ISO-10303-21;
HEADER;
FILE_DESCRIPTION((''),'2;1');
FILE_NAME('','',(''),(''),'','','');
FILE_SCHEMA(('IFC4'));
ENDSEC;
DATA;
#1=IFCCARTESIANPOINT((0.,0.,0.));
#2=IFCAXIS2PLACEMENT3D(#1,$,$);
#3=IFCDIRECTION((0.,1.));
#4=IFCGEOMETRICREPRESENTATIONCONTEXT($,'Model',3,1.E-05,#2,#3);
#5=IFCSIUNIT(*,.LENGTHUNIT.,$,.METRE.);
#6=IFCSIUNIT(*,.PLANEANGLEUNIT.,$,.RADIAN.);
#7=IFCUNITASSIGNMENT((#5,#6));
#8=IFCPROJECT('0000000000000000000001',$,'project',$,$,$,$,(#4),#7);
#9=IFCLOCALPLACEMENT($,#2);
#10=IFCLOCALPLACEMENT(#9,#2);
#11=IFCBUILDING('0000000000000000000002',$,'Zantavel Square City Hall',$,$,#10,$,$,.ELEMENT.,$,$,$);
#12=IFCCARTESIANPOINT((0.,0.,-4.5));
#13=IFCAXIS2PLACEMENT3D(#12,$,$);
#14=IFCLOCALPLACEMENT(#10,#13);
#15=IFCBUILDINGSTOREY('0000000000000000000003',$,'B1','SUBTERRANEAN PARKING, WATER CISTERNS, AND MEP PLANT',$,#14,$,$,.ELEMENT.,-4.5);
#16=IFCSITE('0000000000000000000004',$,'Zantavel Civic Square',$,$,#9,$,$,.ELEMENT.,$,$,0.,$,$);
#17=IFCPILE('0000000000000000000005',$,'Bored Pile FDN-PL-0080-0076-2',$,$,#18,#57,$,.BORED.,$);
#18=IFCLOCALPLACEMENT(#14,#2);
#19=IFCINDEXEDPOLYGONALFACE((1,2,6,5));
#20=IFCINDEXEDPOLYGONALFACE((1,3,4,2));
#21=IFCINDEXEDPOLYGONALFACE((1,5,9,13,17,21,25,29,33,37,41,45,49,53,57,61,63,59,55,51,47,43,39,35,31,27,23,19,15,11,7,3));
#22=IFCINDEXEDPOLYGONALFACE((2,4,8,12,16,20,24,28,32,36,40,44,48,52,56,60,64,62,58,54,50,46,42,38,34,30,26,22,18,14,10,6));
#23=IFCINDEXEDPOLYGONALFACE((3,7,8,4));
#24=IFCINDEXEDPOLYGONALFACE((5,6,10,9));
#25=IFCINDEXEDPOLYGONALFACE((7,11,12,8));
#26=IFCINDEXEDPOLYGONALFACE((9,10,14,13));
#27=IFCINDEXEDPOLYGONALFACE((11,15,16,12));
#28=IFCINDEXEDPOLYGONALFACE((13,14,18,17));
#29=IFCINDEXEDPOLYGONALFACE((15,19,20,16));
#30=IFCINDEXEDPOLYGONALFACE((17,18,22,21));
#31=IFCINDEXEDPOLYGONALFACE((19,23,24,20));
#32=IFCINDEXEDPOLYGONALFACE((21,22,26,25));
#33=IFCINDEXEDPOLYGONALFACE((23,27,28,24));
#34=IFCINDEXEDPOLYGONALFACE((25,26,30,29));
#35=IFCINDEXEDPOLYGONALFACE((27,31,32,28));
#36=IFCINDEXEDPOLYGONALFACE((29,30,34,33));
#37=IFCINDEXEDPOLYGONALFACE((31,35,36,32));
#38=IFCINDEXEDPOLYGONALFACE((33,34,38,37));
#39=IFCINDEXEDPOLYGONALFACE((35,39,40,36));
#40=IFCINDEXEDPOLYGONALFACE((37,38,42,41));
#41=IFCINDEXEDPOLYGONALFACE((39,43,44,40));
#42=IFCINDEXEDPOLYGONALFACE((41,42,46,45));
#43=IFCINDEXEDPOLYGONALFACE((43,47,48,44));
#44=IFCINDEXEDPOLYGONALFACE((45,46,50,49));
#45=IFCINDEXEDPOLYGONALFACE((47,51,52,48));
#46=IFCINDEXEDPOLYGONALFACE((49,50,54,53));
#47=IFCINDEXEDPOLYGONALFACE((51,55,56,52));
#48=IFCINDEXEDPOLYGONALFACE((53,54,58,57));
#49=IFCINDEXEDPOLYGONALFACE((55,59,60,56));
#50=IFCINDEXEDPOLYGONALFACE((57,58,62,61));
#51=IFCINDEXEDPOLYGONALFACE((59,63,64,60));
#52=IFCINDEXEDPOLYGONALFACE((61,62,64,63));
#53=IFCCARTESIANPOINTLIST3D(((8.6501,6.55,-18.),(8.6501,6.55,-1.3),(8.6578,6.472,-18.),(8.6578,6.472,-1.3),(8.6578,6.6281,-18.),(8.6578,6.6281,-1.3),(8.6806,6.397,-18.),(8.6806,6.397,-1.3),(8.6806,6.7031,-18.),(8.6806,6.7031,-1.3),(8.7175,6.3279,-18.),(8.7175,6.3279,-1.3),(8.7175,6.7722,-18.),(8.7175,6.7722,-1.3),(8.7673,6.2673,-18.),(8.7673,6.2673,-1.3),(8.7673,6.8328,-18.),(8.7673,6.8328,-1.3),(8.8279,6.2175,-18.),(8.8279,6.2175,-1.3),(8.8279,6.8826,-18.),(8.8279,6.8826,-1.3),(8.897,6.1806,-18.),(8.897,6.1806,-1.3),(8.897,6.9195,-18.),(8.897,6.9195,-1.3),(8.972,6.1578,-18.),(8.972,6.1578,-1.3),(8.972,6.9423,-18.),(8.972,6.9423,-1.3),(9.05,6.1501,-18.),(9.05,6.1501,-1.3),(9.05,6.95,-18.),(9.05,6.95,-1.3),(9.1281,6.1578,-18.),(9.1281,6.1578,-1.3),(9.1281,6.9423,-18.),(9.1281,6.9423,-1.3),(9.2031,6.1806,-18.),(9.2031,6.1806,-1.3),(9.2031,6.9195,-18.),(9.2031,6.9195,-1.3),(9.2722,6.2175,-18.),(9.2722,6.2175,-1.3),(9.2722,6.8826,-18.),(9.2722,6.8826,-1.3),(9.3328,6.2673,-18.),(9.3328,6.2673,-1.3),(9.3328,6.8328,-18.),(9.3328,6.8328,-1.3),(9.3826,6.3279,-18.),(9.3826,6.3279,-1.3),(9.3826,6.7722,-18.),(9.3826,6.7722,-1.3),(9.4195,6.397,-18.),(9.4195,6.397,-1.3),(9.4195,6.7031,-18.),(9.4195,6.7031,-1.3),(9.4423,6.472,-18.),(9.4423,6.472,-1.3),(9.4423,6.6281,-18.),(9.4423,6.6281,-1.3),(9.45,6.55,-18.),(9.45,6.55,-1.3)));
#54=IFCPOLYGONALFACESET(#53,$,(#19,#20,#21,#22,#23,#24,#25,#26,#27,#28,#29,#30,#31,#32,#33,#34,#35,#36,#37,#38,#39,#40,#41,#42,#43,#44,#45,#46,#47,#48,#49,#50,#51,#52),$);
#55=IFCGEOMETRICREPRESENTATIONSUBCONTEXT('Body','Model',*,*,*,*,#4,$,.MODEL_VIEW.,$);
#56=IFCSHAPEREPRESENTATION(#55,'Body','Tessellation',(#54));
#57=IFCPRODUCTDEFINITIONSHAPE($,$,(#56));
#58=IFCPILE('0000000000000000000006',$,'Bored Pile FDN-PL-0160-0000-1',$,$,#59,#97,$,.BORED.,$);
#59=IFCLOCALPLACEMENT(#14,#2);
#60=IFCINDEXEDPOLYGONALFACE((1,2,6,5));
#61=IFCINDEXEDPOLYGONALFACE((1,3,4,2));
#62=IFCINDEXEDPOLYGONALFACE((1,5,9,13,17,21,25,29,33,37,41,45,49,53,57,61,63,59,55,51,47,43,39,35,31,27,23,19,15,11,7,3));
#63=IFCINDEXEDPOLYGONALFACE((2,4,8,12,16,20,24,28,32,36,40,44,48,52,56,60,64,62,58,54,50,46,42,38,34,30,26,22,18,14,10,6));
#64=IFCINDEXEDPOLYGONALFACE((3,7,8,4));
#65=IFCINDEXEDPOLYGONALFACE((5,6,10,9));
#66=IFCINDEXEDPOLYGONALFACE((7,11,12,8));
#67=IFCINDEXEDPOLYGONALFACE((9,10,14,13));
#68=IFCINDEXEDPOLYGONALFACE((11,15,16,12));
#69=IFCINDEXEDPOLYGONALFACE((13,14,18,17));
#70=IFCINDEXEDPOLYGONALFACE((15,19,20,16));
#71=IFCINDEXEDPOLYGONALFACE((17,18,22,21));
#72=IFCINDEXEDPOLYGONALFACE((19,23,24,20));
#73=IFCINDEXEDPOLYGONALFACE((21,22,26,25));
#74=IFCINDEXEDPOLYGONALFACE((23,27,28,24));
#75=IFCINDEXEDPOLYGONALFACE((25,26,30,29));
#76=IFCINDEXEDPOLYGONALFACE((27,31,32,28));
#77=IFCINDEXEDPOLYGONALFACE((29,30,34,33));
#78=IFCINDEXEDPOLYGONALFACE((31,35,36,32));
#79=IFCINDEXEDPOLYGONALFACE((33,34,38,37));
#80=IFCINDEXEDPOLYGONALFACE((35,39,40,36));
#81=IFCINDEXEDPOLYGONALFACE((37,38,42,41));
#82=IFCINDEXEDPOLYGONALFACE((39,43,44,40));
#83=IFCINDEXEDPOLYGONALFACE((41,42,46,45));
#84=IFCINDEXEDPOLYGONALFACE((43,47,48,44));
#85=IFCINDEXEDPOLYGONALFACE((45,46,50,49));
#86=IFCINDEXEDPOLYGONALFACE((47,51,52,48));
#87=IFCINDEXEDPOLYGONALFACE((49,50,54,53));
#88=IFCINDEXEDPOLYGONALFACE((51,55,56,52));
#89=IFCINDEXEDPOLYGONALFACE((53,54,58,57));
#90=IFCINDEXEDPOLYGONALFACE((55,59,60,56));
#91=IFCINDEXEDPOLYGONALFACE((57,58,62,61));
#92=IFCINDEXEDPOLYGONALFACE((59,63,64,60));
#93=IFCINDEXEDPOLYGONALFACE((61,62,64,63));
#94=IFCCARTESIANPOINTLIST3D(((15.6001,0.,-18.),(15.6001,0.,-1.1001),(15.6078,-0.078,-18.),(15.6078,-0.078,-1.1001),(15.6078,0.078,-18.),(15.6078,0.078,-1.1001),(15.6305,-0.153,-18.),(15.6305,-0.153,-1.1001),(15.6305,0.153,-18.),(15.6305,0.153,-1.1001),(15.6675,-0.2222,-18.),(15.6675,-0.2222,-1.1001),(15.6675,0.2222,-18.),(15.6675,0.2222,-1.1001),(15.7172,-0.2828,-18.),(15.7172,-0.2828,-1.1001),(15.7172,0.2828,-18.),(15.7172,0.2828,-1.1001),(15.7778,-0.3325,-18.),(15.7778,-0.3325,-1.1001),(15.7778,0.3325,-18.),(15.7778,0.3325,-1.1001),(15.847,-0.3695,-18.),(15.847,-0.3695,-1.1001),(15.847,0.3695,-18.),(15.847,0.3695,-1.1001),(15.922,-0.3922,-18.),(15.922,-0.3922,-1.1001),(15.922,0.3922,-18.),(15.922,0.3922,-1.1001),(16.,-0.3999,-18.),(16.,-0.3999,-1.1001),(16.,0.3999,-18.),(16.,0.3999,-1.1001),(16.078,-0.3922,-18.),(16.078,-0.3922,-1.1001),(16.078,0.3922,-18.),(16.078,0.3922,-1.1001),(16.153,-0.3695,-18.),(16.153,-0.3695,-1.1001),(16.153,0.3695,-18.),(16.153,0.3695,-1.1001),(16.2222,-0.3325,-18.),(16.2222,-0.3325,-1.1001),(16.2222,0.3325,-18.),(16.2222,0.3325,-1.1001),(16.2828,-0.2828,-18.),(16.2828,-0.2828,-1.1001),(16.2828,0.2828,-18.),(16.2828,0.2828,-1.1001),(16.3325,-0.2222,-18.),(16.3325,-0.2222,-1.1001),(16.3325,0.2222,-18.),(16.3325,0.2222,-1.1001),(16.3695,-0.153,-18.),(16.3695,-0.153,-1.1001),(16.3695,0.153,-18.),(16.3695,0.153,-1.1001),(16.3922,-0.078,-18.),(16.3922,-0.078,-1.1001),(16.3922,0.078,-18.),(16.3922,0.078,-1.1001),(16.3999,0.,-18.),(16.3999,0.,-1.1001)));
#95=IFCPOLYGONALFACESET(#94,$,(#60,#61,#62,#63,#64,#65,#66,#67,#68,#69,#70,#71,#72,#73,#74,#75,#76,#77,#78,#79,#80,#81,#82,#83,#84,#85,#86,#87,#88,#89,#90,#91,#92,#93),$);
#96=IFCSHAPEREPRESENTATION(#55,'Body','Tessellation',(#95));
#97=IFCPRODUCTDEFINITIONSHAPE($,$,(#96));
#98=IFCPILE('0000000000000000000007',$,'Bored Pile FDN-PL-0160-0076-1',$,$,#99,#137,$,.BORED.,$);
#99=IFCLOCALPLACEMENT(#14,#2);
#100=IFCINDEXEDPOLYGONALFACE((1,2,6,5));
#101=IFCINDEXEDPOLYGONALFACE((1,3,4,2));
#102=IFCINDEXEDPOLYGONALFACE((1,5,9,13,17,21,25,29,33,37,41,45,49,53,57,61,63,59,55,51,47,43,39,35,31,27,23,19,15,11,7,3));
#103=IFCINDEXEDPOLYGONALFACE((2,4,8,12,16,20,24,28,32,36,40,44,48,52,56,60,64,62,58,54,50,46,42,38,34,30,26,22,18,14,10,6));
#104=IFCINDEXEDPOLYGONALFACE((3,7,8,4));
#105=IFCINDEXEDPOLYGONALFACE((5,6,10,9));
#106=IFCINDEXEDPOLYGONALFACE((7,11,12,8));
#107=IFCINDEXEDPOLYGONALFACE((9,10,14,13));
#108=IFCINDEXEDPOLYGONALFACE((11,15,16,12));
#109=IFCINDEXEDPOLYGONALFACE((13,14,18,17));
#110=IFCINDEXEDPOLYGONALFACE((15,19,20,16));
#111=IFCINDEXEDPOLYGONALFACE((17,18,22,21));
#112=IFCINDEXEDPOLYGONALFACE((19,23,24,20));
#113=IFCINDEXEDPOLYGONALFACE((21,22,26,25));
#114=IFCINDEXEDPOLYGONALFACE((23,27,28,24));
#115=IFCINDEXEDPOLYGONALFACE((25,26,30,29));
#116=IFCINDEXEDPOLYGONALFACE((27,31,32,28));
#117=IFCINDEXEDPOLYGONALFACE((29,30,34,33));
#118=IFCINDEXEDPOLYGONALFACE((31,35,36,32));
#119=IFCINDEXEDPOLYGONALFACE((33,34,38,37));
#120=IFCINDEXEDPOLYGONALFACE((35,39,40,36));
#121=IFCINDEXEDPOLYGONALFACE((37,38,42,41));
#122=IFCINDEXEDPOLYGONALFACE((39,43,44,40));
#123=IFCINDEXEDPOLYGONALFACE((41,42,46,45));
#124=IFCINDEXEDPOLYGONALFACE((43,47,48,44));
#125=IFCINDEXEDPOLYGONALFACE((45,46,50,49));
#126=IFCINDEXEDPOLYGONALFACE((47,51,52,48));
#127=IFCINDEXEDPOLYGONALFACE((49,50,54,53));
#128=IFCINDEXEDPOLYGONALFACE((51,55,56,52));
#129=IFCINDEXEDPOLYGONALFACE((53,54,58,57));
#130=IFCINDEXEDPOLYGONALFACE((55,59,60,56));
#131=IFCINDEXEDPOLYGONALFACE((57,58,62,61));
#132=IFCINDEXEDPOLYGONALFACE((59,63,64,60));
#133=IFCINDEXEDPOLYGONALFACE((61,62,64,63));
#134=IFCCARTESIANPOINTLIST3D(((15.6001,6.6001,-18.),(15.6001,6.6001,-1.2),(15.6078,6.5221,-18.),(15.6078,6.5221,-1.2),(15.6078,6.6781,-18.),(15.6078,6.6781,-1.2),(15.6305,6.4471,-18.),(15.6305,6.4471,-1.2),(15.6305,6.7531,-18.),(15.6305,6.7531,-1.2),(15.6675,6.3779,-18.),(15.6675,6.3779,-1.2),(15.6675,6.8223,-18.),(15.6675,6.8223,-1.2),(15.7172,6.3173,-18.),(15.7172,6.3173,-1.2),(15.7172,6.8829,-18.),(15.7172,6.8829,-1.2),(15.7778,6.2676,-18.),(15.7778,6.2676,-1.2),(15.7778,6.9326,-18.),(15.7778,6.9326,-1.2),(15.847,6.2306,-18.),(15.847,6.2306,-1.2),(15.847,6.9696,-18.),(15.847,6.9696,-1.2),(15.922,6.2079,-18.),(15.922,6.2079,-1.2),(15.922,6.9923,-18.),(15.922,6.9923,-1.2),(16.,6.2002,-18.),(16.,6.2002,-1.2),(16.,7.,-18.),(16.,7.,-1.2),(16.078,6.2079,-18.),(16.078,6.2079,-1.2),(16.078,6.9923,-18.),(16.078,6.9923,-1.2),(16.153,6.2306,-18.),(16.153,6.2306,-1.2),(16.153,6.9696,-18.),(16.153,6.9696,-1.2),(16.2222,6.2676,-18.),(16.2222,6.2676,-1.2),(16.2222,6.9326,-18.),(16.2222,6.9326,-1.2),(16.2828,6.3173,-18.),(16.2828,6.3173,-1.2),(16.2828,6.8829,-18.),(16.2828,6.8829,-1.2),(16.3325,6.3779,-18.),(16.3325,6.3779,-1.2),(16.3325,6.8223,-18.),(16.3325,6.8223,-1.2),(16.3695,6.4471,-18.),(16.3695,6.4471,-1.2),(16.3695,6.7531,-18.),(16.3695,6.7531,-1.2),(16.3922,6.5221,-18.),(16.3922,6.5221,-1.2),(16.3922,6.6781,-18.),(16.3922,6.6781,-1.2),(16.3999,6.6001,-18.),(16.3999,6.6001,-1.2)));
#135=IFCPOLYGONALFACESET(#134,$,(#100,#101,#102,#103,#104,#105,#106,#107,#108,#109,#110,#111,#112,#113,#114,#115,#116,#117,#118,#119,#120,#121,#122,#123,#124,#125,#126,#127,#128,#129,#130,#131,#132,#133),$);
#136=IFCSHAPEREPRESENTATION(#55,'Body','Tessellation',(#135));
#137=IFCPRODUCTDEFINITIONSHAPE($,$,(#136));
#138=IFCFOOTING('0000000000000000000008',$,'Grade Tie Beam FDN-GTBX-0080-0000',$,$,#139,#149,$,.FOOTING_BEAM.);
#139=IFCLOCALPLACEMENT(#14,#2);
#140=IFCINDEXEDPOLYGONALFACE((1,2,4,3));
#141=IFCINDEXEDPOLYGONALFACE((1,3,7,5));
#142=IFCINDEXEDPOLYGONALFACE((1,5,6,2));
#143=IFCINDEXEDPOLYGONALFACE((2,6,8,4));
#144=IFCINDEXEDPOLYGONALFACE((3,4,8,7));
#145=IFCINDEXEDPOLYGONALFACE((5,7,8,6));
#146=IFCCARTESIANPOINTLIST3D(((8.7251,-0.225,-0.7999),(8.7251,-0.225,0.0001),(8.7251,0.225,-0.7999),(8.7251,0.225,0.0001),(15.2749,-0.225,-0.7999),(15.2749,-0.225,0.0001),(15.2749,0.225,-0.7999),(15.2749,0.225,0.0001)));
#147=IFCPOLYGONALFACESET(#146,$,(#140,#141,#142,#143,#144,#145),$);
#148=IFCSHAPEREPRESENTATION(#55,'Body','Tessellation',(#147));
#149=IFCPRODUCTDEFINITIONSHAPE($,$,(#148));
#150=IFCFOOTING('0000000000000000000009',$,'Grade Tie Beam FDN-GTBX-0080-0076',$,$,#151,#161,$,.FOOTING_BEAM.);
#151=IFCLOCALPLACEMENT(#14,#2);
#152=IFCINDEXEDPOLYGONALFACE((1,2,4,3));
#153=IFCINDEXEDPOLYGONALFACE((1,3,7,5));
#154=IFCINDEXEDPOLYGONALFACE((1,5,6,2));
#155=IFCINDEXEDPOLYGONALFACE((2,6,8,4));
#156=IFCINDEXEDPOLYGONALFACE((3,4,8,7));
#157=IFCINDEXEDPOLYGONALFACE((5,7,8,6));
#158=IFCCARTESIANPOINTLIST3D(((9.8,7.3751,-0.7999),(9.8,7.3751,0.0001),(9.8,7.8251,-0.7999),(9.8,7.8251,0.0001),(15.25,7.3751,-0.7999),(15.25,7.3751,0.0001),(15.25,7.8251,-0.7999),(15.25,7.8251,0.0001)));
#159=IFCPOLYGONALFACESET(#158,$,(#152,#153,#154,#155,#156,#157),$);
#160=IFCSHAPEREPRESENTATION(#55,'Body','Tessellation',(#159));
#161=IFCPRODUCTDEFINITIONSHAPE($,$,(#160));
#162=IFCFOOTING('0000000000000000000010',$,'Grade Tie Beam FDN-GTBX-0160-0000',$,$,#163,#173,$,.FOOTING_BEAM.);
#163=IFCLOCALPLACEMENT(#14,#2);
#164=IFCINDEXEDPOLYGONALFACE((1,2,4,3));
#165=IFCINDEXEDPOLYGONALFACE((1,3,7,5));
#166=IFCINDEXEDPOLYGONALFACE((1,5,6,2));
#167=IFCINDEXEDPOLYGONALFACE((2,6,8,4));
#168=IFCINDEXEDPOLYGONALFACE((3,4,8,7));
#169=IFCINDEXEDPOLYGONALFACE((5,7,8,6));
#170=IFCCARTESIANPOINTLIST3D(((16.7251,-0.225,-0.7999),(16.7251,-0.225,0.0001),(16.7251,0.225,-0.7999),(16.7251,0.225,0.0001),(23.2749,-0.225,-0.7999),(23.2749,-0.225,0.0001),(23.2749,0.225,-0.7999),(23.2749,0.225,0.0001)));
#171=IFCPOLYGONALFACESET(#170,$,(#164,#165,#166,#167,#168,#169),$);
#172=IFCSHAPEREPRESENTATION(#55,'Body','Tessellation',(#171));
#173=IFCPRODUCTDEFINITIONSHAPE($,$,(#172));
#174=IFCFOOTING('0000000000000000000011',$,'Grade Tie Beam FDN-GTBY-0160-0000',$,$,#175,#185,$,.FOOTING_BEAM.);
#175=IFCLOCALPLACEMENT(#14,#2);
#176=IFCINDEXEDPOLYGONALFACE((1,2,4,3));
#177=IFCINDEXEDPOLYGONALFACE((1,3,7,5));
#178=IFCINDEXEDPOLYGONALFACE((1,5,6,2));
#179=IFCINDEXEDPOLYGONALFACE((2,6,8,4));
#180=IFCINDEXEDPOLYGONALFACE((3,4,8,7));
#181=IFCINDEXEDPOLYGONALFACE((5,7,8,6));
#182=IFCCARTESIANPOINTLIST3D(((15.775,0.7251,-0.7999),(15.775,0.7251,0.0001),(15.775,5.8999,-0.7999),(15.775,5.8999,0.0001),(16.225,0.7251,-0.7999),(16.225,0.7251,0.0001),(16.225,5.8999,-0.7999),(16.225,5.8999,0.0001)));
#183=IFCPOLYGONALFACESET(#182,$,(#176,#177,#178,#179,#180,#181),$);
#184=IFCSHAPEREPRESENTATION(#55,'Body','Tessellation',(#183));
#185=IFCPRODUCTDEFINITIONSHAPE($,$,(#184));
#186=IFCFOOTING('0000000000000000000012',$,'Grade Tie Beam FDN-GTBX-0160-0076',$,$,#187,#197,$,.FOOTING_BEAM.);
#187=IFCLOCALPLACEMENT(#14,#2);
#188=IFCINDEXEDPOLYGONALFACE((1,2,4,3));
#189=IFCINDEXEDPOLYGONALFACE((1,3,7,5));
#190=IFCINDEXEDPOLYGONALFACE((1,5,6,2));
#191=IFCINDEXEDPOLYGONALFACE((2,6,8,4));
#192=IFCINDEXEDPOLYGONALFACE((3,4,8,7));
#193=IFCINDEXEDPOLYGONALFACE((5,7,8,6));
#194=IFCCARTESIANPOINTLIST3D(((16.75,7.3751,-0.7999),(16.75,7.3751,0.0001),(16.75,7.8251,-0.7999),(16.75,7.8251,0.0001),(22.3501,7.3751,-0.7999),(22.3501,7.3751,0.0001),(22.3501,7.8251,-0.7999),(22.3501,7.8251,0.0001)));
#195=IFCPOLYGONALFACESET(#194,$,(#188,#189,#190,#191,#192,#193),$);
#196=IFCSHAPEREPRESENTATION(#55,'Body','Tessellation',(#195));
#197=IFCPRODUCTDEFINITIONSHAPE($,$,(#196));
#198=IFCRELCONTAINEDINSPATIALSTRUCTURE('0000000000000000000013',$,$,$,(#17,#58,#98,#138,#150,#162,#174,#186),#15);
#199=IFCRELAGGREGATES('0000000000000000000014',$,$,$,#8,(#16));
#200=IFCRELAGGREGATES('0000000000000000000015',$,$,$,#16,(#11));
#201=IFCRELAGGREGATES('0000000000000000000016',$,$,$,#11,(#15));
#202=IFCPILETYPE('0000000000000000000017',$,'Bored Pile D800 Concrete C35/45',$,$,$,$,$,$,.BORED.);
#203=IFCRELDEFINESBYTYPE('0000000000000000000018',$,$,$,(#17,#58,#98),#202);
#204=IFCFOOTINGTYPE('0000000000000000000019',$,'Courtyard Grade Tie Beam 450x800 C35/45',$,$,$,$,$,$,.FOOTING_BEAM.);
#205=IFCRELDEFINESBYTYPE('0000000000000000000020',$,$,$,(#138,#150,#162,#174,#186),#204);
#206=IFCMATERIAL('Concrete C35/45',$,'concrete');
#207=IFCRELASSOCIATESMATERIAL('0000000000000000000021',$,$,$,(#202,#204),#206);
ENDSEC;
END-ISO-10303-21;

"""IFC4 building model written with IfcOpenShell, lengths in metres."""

from ifc_helpers import new_model, si_unit, direction, frame, origin, origin_2d, place, context, subcontext, project, spatial, rectangle, circle, extrude, material, material_profile, profile_set, type_object, element, save


model = new_model("IFC4")

# Units and contexts
model_context = context("Model", 3, precision=1e-05, world=origin(), true_north=direction((0.0, 1.0)))
body_context = subcontext(model_context, "Body", "Model", "MODEL_VIEW")
ifc_project = project(units=[si_unit("LENGTHUNIT", "METRE"), si_unit("PLANEANGLEUNIT", "RADIAN")], contexts=[model_context])

# Site, building, storey
site_placement = place(None, origin())
site = spatial("IfcSite", under=ifc_project, at=site_placement, Name="Zantavel Civic Square", CompositionType="ELEMENT", RefElevation=0.0)
building_placement = place(site_placement, origin())
building = spatial("IfcBuilding", under=site, at=building_placement, Name="Zantavel Square City Hall", CompositionType="ELEMENT")
storey_placement = place(building_placement, frame((0.0, 0.0, -4.5)))
storey = spatial("IfcBuildingStorey", under=building, at=storey_placement, Name="B1", Description="SUBTERRANEAN PARKING, WATER CISTERNS, AND MEP PLANT", CompositionType="ELEMENT", Elevation=-4.5)

# Piles
ifc_material_1 = material(Name="Concrete C35/45", Category="concrete")
ifc_material_profile_1 = material_profile(ifc_material_1, circle(Radius=0.3999, at=origin_2d()), Name="PILE D800")
ifc_profile_set_1 = profile_set([ifc_material_profile_1], Name="Concrete C35/45")
pile_type = type_object("IfcPileType", Name="Bored Pile D800 Concrete C35/45", PredefinedType="BORED", material=ifc_profile_set_1)
pile_1_placement = place(storey_placement, frame((9.05, 6.55, -1.3), z_axis=(0.0, 0.0, -1.0), x_axis=(1.0, 0.0, 0.0)))
element("IfcPile", 1, at=pile_1_placement, inside=storey, type_object=pile_type, Name="Bored Pile FDN-PL-0080-0076-2", PredefinedType="BORED", context=body_context, shape_type="SweptSolid", body=[
    extrude(circle(Radius=0.3999, at=origin_2d()), origin(), (0.0, 0.0, 1.0), 16.7),
])
pile_2_placement = place(storey_placement, frame((16.0, 0.0, -1.1001), z_axis=(0.0, 0.0, -1.0), x_axis=(1.0, 0.0, 0.0)))
element("IfcPile", 2, at=pile_2_placement, inside=storey, type_object=pile_type, Name="Bored Pile FDN-PL-0160-0000-1", PredefinedType="BORED", context=body_context, shape_type="SweptSolid", body=[
    extrude(circle(Radius=0.3999, at=origin_2d()), origin(), (0.0, 0.0, 1.0), 16.8999),
])
pile_3_placement = place(storey_placement, frame((16.0, 6.6001, -1.2), z_axis=(0.0, 0.0, -1.0), x_axis=(1.0, 0.0, 0.0)))
element("IfcPile", 3, at=pile_3_placement, inside=storey, type_object=pile_type, Name="Bored Pile FDN-PL-0160-0076-1", PredefinedType="BORED", context=body_context, shape_type="SweptSolid", body=[
    extrude(circle(Radius=0.3999, at=origin_2d()), origin(), (0.0, 0.0, 1.0), 16.8),
])

# Footings
ifc_material_profile_2 = material_profile(ifc_material_1, rectangle(XDim=0.45, YDim=0.8, at=origin_2d()), Name="RC 450x800")
ifc_profile_set_2 = profile_set([ifc_material_profile_2], Name="Concrete C35/45")
footing_type_1 = type_object("IfcFootingType", Name="Courtyard Grade Tie Beam 450x800 C35/45", PredefinedType="FOOTING_BEAM", material=ifc_profile_set_2)
footing_1_placement = place(storey_placement, frame((8.7251, 0.0, -0.3999), z_axis=(1.0, 0.0, 0.0), x_axis=(0.0, 1.0, 0.0)))
element("IfcFooting", 4, at=footing_1_placement, inside=storey, type_object=footing_type_1, Name="Grade Tie Beam FDN-GTBX-0080-0000", PredefinedType="FOOTING_BEAM", context=body_context, shape_type="SweptSolid", body=[
    extrude(rectangle(XDim=0.45, YDim=0.8, at=origin_2d()), origin(), (0.0, 0.0, 1.0), 6.5498),
])
footing_2_placement = place(storey_placement, frame((9.8, 7.6001, -0.3999), z_axis=(1.0, 0.0, 0.0), x_axis=(0.0, 1.0, 0.0)))
element("IfcFooting", 5, at=footing_2_placement, inside=storey, type_object=footing_type_1, Name="Grade Tie Beam FDN-GTBX-0080-0076", PredefinedType="FOOTING_BEAM", context=body_context, shape_type="SweptSolid", body=[
    extrude(rectangle(XDim=0.45, YDim=0.8, at=origin_2d()), origin(), (0.0, 0.0, 1.0), 5.45),
])
footing_3_placement = place(storey_placement, frame((16.7251, 0.0, -0.3999), z_axis=(1.0, 0.0, 0.0), x_axis=(0.0, 1.0, 0.0)))
element("IfcFooting", 6, at=footing_3_placement, inside=storey, type_object=footing_type_1, Name="Grade Tie Beam FDN-GTBX-0160-0000", PredefinedType="FOOTING_BEAM", context=body_context, shape_type="SweptSolid", body=[
    extrude(rectangle(XDim=0.45, YDim=0.8, at=origin_2d()), origin(), (0.0, 0.0, 1.0), 6.5498),
])
footing_4_placement = place(storey_placement, frame((16.0, 0.7251, -0.3999), z_axis=(0.0, 1.0, 0.0), x_axis=(-1.0, 0.0, 0.0)))
element("IfcFooting", 7, at=footing_4_placement, inside=storey, type_object=footing_type_1, Name="Grade Tie Beam FDN-GTBY-0160-0000", PredefinedType="FOOTING_BEAM", context=body_context, shape_type="SweptSolid", body=[
    extrude(rectangle(XDim=0.45, YDim=0.8, at=origin_2d()), origin(), (0.0, 0.0, 1.0), 5.1748),
])
footing_5_placement = place(storey_placement, frame((16.75, 7.6001, -0.3999), z_axis=(1.0, 0.0, 0.0), x_axis=(0.0, 1.0, 0.0)))
element("IfcFooting", 8, at=footing_5_placement, inside=storey, type_object=footing_type_1, Name="Grade Tie Beam FDN-GTBX-0160-0076", PredefinedType="FOOTING_BEAM", context=body_context, shape_type="SweptSolid", body=[
    extrude(rectangle(XDim=0.45, YDim=0.8, at=origin_2d()), origin(), (0.0, 0.0, 1.0), 5.6001),
])

save(model, "model.ifc")
